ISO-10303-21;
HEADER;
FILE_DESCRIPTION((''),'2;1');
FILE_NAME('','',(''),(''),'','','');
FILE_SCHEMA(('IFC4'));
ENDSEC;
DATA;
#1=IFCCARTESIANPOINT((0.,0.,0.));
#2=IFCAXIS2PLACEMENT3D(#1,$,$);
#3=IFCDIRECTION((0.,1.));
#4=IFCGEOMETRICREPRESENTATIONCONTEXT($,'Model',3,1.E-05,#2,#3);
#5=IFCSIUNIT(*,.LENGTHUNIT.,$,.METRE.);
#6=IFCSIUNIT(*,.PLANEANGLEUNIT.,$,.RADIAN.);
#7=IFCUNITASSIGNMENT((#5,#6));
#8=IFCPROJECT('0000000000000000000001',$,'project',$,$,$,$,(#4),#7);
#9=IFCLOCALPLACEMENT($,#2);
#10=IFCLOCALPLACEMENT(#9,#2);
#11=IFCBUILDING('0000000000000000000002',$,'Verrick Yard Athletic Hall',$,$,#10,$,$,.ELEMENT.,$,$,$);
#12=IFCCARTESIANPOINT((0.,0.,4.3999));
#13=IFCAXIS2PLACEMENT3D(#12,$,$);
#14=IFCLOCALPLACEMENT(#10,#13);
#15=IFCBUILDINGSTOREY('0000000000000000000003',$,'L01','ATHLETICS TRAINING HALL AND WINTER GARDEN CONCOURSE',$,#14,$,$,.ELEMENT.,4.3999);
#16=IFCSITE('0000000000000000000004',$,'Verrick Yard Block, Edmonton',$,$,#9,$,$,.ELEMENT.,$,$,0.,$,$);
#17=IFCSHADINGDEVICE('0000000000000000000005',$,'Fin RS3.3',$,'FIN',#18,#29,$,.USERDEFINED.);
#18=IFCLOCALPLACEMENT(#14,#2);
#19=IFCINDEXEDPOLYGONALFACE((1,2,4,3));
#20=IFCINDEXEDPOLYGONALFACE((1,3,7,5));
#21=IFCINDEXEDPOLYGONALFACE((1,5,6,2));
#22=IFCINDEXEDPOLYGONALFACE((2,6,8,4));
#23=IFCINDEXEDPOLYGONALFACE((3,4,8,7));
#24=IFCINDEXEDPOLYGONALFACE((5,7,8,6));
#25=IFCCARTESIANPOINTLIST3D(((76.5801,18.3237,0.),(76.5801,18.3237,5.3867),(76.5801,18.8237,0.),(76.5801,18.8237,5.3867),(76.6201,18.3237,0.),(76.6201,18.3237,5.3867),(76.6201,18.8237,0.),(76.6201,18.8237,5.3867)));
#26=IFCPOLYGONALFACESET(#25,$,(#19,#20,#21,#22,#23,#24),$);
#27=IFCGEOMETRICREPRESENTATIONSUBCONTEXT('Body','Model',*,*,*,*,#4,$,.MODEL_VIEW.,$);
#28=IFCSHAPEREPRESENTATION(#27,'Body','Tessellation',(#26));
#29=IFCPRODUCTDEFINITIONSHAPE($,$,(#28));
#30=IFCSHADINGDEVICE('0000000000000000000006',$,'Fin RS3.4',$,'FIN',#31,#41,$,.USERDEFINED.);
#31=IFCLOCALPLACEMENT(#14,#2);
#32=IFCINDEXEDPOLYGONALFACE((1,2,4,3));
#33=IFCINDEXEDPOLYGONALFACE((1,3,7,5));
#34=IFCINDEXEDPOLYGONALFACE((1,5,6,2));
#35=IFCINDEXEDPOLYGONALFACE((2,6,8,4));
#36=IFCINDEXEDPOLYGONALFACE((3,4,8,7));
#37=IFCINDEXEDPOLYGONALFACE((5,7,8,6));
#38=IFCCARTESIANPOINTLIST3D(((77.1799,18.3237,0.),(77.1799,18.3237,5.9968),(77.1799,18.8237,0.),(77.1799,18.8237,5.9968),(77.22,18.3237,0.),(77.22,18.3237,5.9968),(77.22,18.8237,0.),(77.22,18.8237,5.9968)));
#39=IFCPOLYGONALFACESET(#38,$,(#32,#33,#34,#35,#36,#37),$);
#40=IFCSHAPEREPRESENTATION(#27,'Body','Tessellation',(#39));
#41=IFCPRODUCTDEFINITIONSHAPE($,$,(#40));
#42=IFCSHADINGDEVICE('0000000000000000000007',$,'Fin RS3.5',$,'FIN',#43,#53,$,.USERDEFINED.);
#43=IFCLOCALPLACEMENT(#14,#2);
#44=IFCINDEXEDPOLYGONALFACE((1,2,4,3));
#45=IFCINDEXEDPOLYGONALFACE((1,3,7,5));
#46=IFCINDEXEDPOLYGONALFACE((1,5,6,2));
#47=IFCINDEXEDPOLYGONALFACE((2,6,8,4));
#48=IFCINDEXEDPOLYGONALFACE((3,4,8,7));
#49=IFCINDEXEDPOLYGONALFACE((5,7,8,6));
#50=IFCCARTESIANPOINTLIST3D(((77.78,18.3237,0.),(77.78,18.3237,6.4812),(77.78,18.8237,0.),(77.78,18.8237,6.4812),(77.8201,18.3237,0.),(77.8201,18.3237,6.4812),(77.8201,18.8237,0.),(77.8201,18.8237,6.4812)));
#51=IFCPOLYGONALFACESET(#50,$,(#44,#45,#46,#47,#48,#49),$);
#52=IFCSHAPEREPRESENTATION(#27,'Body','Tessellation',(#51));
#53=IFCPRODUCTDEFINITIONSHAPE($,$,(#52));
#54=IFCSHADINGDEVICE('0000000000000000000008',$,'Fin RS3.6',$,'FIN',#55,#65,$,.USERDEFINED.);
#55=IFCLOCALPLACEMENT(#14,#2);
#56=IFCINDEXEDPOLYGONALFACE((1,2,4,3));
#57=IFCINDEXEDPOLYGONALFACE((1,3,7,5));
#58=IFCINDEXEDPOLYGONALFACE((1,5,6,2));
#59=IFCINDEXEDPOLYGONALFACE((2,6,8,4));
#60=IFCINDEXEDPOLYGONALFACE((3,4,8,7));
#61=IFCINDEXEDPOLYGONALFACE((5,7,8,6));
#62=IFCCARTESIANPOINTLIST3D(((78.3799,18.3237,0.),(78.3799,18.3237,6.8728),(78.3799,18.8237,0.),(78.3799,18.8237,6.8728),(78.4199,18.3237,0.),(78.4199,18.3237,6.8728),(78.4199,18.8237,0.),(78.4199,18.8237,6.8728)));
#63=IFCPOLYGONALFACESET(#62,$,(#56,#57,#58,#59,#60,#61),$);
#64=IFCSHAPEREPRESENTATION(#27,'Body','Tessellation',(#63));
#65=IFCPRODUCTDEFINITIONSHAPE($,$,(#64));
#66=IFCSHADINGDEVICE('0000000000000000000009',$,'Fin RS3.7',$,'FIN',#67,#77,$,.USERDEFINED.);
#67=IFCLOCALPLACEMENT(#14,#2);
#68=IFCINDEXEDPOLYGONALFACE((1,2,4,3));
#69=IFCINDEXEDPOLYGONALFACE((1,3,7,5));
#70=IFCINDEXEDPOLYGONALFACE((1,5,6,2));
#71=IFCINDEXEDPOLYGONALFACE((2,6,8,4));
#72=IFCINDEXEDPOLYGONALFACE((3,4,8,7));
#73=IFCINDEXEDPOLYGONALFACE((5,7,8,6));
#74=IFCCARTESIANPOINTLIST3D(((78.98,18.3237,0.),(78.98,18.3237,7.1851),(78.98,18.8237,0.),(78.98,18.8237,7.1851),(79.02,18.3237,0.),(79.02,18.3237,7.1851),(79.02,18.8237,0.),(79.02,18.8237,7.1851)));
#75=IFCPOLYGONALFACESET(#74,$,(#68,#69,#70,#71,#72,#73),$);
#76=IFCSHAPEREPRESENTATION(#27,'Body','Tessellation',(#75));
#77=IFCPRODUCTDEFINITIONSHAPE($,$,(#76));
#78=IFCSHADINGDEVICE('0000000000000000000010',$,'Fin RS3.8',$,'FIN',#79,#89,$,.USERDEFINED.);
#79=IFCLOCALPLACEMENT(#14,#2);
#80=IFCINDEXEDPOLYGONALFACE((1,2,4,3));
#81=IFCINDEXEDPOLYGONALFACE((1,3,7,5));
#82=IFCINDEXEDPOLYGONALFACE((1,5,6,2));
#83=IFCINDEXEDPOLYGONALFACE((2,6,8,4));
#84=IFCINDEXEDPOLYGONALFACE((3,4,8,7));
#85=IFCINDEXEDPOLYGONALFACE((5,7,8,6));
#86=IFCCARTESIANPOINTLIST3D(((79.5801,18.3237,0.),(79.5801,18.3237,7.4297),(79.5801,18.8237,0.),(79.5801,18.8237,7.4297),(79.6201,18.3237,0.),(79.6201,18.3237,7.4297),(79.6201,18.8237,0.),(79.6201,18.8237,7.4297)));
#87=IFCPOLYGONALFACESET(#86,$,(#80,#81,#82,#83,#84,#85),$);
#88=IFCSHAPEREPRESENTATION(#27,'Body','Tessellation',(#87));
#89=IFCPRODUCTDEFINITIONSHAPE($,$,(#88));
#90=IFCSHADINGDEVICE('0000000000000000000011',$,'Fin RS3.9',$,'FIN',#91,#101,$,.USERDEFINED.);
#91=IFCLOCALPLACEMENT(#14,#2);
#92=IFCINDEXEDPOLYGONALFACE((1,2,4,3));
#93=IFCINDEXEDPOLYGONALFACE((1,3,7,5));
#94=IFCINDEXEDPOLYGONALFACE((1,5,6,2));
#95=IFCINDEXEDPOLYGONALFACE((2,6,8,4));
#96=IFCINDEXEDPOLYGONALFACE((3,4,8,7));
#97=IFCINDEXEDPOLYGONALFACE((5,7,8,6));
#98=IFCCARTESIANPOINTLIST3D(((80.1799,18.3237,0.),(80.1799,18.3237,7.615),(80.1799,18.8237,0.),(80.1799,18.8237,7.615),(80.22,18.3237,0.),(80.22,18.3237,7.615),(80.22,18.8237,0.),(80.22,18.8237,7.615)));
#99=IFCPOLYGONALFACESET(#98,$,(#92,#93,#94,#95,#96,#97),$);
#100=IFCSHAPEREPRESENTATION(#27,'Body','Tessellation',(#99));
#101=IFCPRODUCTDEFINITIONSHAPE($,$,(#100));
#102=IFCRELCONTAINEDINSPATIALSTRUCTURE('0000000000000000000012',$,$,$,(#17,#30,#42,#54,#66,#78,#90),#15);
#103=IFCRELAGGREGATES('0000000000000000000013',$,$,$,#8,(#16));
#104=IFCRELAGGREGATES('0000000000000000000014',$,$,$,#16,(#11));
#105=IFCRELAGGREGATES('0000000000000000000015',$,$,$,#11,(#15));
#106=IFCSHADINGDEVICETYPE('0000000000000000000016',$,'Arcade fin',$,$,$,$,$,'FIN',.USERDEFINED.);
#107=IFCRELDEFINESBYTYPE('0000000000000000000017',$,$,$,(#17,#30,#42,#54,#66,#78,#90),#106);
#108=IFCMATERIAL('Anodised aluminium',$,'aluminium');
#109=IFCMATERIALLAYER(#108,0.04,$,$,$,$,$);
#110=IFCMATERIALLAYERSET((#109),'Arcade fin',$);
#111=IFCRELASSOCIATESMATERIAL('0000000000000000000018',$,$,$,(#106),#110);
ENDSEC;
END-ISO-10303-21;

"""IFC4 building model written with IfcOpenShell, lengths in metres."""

from ifc_helpers import new_model, si_unit, direction, frame, origin, place, context, subcontext, project, spatial, polyline, outline, extrude, material, layer, layer_set, type_object, element, save


model = new_model("IFC4")

# Units and contexts
model_context = context("Model", 3, precision=1e-05, world=origin(), true_north=direction((0.0, 1.0)))
body_context = subcontext(model_context, "Body", "Model", "MODEL_VIEW")
ifc_project = project(units=[si_unit("LENGTHUNIT", "METRE"), si_unit("PLANEANGLEUNIT", "RADIAN")], contexts=[model_context])

# Site, building, storey
site_placement = place(None, origin())
site = spatial("IfcSite", under=ifc_project, at=site_placement, Name="Verrick Yard Block, Edmonton", CompositionType="ELEMENT", RefElevation=0.0)
building_placement = place(site_placement, origin())
building = spatial("IfcBuilding", under=site, at=building_placement, Name="Verrick Yard Athletic Hall", CompositionType="ELEMENT")
storey_placement = place(building_placement, frame((0.0, 0.0, 4.3999)))
storey = spatial("IfcBuildingStorey", under=building, at=storey_placement, Name="L01", Description="ATHLETICS TRAINING HALL AND WINTER GARDEN CONCOURSE", CompositionType="ELEMENT", Elevation=4.3999)

# Shading devices
ifc_material_1 = material(Name="Anodised aluminium", Category="aluminium")
ifc_layer_1 = layer(ifc_material_1, 0.04)
ifc_layer_set_1 = layer_set([ifc_layer_1], Name="Arcade fin")
shading_device_type = type_object("IfcShadingDeviceType", Name="Arcade fin", ElementType="FIN", PredefinedType="USERDEFINED", material=ifc_layer_set_1)
shading_device_1_placement = place(storey_placement, frame((76.6001, 18.8237, 0.0), z_axis=(0.0, 0.0, 1.0), x_axis=(0.0, -1.0, 0.0)))
element("IfcShadingDevice", 1, at=shading_device_1_placement, inside=storey, type_object=shading_device_type, Name="Fin RS3.3", ObjectType="FIN", PredefinedType="USERDEFINED", context=body_context, shape_type="SweptSolid", body=[
    extrude(outline(polyline([(0.0, 0.0), (0.5, 0.0), (0.5, 5.3867), (0.0, 5.3867), (0.0, 0.0)])), frame((0.0, 0.02, 0.0), z_axis=(0.0, -1.0, 0.0), x_axis=(1.0, 0.0, 0.0)), (0.0, 0.0, 1.0), 0.04),
])
shading_device_2_placement = place(storey_placement, frame((77.2, 18.8237, 0.0), z_axis=(0.0, 0.0, 1.0), x_axis=(0.0, -1.0, 0.0)))
element("IfcShadingDevice", 2, at=shading_device_2_placement, inside=storey, type_object=shading_device_type, Name="Fin RS3.4", ObjectType="FIN", PredefinedType="USERDEFINED", context=body_context, shape_type="SweptSolid", body=[
    extrude(outline(polyline([(0.0, 0.0), (0.5, 0.0), (0.5, 5.9968), (0.0, 5.9968), (0.0, 0.0)])), frame((0.0, 0.02, 0.0), z_axis=(0.0, -1.0, 0.0), x_axis=(1.0, 0.0, 0.0)), (0.0, 0.0, 1.0), 0.04),
])
shading_device_3_placement = place(storey_placement, frame((77.8, 18.8237, 0.0), z_axis=(0.0, 0.0, 1.0), x_axis=(0.0, -1.0, 0.0)))
element("IfcShadingDevice", 3, at=shading_device_3_placement, inside=storey, type_object=shading_device_type, Name="Fin RS3.5", ObjectType="FIN", PredefinedType="USERDEFINED", context=body_context, shape_type="SweptSolid", body=[
    extrude(outline(polyline([(0.0, 0.0), (0.5, 0.0), (0.5, 6.4812), (0.0, 6.4812), (0.0, 0.0)])), frame((0.0, 0.02, 0.0), z_axis=(0.0, -1.0, 0.0), x_axis=(1.0, 0.0, 0.0)), (0.0, 0.0, 1.0), 0.04),
])
shading_device_4_placement = place(storey_placement, frame((78.3999, 18.8237, 0.0), z_axis=(0.0, 0.0, 1.0), x_axis=(0.0, -1.0, 0.0)))
element("IfcShadingDevice", 4, at=shading_device_4_placement, inside=storey, type_object=shading_device_type, Name="Fin RS3.6", ObjectType="FIN", PredefinedType="USERDEFINED", context=body_context, shape_type="SweptSolid", body=[
    extrude(outline(polyline([(0.0, 0.0), (0.5, 0.0), (0.5, 6.8728), (0.0, 6.8728), (0.0, 0.0)])), frame((0.0, 0.02, 0.0), z_axis=(0.0, -1.0, 0.0), x_axis=(1.0, 0.0, 0.0)), (0.0, 0.0, 1.0), 0.04),
])
shading_device_5_placement = place(storey_placement, frame((79.0, 18.8237, 0.0), z_axis=(0.0, 0.0, 1.0), x_axis=(0.0, -1.0, 0.0)))
element("IfcShadingDevice", 5, at=shading_device_5_placement, inside=storey, type_object=shading_device_type, Name="Fin RS3.7", ObjectType="FIN", PredefinedType="USERDEFINED", context=body_context, shape_type="SweptSolid", body=[
    extrude(outline(polyline([(0.0, 0.0), (0.5, 0.0), (0.5, 7.1851), (0.0, 7.1851), (0.0, 0.0)])), frame((0.0, 0.02, 0.0), z_axis=(0.0, -1.0, 0.0), x_axis=(1.0, 0.0, 0.0)), (0.0, 0.0, 1.0), 0.04),
])
shading_device_6_placement = place(storey_placement, frame((79.6001, 18.8237, 0.0), z_axis=(0.0, 0.0, 1.0), x_axis=(0.0, -1.0, 0.0)))
element("IfcShadingDevice", 6, at=shading_device_6_placement, inside=storey, type_object=shading_device_type, Name="Fin RS3.8", ObjectType="FIN", PredefinedType="USERDEFINED", context=body_context, shape_type="SweptSolid", body=[
    extrude(outline(polyline([(0.0, 0.0), (0.5, 0.0), (0.5, 7.4297), (0.0, 7.4297), (0.0, 0.0)])), frame((0.0, 0.02, 0.0), z_axis=(0.0, -1.0, 0.0), x_axis=(1.0, 0.0, 0.0)), (0.0, 0.0, 1.0), 0.04),
])
shading_device_7_placement = place(storey_placement, frame((80.2, 18.8237, 0.0), z_axis=(0.0, 0.0, 1.0), x_axis=(0.0, -1.0, 0.0)))
element("IfcShadingDevice", 7, at=shading_device_7_placement, inside=storey, type_object=shading_device_type, Name="Fin RS3.9", ObjectType="FIN", PredefinedType="USERDEFINED", context=body_context, shape_type="SweptSolid", body=[
    extrude(outline(polyline([(0.0, 0.0), (0.5, 0.0), (0.5, 7.615), (0.0, 7.615), (0.0, 0.0)])), frame((0.0, 0.02, 0.0), z_axis=(0.0, -1.0, 0.0), x_axis=(1.0, 0.0, 0.0)), (0.0, 0.0, 1.0), 0.04),
])

save(model, "model.ifc")
